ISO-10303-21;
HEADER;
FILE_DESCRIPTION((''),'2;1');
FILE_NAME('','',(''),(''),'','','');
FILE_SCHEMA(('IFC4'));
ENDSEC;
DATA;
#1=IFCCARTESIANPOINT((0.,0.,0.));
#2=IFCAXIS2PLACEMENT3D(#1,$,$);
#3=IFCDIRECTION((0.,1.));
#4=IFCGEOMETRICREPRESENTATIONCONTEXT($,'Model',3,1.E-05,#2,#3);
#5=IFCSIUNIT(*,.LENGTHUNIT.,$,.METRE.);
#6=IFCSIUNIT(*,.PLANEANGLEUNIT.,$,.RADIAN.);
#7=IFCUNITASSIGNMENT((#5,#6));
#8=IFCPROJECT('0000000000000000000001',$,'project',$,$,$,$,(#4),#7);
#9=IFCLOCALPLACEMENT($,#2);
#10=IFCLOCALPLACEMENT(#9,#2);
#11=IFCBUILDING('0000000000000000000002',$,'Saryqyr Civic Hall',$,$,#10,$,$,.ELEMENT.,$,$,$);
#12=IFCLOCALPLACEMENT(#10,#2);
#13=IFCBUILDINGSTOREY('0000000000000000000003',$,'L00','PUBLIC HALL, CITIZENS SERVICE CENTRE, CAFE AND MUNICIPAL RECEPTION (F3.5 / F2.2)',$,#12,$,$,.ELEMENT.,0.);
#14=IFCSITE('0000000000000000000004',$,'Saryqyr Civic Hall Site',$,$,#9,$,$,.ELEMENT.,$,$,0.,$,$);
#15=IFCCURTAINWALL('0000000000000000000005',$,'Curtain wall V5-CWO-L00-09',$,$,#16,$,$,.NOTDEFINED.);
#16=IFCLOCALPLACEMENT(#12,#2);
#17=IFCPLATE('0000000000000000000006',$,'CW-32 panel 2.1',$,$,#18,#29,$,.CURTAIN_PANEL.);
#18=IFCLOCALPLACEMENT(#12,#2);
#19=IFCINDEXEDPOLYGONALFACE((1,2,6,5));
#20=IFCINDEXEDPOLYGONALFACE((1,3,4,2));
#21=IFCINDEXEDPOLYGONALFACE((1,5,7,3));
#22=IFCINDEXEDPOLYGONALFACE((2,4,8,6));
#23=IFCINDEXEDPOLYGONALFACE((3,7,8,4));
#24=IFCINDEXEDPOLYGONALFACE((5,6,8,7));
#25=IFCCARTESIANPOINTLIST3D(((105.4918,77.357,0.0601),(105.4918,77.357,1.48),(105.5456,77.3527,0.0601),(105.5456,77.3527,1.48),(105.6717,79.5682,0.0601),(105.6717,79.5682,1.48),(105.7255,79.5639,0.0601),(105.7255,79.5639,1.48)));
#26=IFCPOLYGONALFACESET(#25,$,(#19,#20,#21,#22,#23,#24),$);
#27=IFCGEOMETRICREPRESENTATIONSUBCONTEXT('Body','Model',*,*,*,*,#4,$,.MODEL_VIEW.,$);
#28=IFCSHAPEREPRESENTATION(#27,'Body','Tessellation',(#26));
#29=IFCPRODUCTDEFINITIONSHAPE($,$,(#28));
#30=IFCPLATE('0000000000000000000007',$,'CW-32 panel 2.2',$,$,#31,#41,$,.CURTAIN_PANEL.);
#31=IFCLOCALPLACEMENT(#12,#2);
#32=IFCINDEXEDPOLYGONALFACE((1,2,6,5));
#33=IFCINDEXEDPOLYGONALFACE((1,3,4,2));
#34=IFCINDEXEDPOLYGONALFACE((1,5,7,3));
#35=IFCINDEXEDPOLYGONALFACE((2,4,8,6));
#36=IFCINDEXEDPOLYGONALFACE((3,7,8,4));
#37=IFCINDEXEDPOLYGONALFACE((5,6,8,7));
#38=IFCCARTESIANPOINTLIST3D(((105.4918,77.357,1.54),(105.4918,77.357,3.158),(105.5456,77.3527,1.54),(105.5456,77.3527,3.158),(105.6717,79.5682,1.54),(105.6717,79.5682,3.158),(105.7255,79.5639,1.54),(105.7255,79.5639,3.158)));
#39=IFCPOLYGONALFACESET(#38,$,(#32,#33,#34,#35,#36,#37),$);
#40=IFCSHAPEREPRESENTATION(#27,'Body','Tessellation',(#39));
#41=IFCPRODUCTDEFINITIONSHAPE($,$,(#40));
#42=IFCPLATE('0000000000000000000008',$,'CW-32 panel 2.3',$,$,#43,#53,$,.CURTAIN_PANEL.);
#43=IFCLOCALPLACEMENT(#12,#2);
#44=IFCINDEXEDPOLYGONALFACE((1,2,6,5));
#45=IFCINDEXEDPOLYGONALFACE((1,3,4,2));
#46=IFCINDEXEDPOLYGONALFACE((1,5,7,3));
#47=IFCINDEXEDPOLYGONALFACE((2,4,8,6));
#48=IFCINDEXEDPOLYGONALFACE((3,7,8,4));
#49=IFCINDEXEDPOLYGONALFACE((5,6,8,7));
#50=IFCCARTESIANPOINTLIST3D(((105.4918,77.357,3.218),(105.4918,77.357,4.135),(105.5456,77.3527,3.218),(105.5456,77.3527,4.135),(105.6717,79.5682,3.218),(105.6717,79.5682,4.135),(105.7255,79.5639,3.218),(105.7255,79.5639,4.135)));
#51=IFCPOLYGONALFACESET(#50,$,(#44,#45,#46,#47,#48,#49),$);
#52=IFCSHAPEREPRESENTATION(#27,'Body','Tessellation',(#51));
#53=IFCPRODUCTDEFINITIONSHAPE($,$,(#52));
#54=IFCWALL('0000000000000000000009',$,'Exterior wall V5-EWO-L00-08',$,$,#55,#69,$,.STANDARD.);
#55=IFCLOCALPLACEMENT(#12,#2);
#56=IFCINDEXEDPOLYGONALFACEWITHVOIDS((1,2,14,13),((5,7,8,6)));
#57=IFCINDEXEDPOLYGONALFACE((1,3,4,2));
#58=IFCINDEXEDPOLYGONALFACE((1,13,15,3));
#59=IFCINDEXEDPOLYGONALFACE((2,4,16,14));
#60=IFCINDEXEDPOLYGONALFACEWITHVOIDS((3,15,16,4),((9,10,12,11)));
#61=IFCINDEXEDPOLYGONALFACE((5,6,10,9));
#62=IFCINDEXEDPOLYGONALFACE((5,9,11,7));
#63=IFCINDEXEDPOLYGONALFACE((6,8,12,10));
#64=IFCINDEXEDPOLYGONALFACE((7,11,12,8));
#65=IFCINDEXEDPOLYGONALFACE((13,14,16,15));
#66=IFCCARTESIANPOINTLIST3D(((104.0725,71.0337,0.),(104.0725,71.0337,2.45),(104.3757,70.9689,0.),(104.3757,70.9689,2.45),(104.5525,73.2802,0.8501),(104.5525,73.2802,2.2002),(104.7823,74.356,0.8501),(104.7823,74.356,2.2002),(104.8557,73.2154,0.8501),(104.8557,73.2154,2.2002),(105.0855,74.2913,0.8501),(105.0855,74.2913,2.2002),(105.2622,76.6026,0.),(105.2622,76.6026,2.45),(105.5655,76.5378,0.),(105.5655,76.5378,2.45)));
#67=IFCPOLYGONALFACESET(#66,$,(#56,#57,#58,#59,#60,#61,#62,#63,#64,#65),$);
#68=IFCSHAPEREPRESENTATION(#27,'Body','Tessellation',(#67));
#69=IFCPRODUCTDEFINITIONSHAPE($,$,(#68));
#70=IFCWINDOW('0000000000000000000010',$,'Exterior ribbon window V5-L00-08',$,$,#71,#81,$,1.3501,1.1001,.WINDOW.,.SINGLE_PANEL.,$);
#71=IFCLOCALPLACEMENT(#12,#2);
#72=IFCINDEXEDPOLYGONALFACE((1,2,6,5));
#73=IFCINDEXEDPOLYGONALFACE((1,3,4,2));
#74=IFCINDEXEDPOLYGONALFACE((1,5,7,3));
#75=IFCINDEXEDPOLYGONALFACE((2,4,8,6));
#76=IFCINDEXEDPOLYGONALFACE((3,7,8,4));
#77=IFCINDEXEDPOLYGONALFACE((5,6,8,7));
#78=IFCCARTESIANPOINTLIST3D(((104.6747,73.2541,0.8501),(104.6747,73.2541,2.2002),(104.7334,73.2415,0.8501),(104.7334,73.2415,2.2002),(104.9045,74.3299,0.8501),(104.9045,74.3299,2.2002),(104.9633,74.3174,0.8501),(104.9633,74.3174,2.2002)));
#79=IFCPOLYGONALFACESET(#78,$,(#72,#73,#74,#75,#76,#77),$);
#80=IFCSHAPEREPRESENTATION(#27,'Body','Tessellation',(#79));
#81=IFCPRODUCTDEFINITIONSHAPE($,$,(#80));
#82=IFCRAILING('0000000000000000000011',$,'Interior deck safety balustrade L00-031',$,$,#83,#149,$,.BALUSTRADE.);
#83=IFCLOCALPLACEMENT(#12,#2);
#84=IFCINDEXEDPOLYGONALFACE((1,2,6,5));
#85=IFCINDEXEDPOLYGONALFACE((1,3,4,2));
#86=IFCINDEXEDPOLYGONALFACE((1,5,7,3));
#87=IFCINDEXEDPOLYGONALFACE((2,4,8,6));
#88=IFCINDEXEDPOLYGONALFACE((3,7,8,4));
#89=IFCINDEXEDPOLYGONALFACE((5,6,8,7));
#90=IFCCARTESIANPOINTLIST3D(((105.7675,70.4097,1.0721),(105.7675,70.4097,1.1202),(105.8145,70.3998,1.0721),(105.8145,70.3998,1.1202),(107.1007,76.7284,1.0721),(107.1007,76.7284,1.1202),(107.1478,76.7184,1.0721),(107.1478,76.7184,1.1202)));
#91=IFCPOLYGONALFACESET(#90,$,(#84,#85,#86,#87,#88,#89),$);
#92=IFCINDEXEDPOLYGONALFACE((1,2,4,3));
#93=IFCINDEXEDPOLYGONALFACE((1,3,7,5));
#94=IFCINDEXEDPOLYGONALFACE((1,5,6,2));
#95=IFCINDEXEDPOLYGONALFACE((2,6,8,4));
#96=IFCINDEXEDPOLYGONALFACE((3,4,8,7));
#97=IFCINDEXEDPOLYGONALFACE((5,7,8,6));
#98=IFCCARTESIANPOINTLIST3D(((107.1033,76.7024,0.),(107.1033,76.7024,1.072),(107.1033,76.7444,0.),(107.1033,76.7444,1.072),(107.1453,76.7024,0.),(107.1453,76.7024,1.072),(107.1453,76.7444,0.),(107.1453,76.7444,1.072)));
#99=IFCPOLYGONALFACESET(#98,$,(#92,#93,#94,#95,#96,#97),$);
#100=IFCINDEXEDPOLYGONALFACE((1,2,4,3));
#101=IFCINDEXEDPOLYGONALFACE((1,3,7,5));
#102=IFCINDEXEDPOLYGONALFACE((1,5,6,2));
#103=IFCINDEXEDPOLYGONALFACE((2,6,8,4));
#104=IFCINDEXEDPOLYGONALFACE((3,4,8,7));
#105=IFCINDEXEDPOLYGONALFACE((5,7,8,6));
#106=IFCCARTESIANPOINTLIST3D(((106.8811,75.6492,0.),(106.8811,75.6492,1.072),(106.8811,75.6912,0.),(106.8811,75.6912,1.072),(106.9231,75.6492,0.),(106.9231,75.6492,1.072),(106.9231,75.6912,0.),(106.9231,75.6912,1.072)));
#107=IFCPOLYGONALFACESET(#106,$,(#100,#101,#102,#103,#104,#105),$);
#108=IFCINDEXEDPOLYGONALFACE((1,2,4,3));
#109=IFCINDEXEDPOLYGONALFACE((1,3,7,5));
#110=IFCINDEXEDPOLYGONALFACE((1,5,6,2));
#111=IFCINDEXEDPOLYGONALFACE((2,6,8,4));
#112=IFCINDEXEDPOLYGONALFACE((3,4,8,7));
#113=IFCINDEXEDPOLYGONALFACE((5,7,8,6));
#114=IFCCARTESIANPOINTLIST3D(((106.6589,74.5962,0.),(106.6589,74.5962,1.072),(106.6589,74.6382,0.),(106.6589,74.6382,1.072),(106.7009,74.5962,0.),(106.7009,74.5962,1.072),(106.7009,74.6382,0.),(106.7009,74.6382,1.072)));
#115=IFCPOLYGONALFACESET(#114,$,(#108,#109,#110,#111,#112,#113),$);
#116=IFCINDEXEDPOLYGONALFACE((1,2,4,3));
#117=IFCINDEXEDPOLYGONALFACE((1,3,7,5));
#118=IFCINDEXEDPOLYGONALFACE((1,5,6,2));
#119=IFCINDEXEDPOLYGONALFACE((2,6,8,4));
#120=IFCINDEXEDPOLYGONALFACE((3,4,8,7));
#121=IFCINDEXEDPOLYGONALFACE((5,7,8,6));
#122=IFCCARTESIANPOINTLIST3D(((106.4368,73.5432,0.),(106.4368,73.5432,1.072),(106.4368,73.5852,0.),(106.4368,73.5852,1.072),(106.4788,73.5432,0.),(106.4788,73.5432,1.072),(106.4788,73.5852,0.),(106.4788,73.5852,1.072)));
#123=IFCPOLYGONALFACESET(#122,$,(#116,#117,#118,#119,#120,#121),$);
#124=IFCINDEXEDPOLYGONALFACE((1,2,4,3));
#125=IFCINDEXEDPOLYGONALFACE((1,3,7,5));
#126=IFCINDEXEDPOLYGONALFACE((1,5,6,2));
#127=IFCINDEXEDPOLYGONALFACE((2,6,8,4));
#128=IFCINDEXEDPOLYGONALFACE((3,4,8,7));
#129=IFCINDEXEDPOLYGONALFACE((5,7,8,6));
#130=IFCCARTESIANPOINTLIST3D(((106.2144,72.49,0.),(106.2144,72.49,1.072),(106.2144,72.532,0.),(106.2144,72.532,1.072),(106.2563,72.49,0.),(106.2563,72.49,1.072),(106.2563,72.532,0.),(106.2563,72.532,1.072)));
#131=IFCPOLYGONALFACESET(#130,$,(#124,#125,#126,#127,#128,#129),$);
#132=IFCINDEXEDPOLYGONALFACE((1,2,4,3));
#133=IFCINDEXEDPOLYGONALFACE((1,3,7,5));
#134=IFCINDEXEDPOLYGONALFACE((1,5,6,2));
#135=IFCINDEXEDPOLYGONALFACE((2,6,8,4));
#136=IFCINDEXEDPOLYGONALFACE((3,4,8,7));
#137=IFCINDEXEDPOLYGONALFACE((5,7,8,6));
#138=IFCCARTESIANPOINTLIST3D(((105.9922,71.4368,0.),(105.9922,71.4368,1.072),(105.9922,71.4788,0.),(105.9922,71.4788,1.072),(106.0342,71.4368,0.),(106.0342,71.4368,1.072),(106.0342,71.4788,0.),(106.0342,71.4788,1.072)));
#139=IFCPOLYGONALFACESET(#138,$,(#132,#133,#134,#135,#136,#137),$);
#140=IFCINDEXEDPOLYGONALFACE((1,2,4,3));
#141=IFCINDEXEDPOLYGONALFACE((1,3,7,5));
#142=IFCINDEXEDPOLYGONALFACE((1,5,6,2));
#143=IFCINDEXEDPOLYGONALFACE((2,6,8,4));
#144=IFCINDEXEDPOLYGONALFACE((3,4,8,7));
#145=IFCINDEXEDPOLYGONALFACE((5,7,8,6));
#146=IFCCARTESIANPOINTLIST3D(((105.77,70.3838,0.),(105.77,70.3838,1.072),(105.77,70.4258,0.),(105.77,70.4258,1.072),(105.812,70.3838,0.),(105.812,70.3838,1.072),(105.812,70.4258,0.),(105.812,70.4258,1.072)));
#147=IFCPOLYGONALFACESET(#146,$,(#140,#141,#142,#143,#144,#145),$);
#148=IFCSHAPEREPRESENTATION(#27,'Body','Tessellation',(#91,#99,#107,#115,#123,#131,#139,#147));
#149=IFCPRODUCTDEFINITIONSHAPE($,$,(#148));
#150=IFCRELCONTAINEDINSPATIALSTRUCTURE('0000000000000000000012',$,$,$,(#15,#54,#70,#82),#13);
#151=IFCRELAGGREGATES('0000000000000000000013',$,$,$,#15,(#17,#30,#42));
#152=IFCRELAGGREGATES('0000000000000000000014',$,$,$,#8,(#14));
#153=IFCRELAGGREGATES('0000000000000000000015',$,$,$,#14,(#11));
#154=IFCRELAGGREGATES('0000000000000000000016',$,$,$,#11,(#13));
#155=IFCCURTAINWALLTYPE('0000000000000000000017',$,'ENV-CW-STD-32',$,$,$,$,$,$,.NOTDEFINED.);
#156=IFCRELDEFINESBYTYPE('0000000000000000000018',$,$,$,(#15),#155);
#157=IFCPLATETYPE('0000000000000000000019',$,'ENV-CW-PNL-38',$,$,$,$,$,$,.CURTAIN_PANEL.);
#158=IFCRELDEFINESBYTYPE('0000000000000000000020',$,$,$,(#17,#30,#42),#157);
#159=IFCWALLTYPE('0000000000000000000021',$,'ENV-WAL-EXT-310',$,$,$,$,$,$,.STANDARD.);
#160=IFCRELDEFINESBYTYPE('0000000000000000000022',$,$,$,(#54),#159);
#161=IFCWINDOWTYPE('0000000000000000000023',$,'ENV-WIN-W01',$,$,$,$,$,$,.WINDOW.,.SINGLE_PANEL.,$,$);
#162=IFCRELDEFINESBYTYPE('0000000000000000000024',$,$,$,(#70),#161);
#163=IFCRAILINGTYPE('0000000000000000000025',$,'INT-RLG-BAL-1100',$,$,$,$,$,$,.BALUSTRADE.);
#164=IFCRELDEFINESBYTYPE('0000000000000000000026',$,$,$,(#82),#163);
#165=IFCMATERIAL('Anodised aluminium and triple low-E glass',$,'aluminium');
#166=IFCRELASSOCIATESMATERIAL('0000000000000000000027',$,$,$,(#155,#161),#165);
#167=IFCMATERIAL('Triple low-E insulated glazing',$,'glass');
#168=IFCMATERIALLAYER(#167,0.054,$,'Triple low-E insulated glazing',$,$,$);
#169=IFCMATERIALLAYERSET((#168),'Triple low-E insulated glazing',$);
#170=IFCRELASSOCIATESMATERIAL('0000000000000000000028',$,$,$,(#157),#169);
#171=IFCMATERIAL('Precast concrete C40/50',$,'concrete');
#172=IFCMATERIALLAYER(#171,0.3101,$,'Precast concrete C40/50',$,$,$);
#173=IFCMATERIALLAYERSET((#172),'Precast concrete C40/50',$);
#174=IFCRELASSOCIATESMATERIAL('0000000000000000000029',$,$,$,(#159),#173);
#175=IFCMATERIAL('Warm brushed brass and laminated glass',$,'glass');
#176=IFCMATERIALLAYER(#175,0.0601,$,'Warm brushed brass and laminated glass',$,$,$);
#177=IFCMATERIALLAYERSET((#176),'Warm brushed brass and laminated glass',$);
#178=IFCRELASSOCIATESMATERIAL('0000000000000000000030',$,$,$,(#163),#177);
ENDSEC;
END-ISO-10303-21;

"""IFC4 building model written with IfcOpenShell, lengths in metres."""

from ifc_helpers import new_model, si_unit, direction, frame, frame_2d, origin, origin_2d, place, context, subcontext, project, spatial, rectangle, extrude, material, layer, layer_set, type_object, element, fill, aggregate, save


model = new_model("IFC4")

# Units and contexts
model_context = context("Model", 3, precision=1e-05, world=origin(), true_north=direction((0.0, 1.0)))
body_context = subcontext(model_context, "Body", "Model", "MODEL_VIEW")
ifc_project = project(units=[si_unit("LENGTHUNIT", "METRE"), si_unit("PLANEANGLEUNIT", "RADIAN")], contexts=[model_context])

# Site, building, storey
site_placement = place(None, origin())
site = spatial("IfcSite", under=ifc_project, at=site_placement, Name="Saryqyr Civic Hall Site", CompositionType="ELEMENT", RefElevation=0.0)
building_placement = place(site_placement, origin())
building = spatial("IfcBuilding", under=site, at=building_placement, Name="Saryqyr Civic Hall", CompositionType="ELEMENT")
storey_placement = place(building_placement, origin())
storey = spatial("IfcBuildingStorey", under=building, at=storey_placement, Name="L00", Description="PUBLIC HALL, CITIZENS SERVICE CENTRE, CAFE AND MUNICIPAL RECEPTION (F3.5 / F2.2)", CompositionType="ELEMENT", Elevation=0.0)

# Curtain wall
ifc_material_1 = material(Name="Anodised aluminium and triple low-E glass", Category="aluminium")
curtain_wall_type = type_object("IfcCurtainWallType", Name="ENV-CW-STD-32", PredefinedType="NOTDEFINED", material=ifc_material_1)
curtain_wall_placement = place(storey_placement, origin())
curtain_wall = element("IfcCurtainWall", 1, at=curtain_wall_placement, inside=storey, type_object=curtain_wall_type, Name="Curtain wall V5-CWO-L00-09", PredefinedType="NOTDEFINED")

# Plates
ifc_material_2 = material(Name="Triple low-E insulated glazing", Category="glass")
ifc_layer_1 = layer(ifc_material_2, 0.054, Name="Triple low-E insulated glazing")
ifc_layer_set_1 = layer_set([ifc_layer_1], Name="Triple low-E insulated glazing")
plate_type = type_object("IfcPlateType", Name="ENV-CW-PNL-38", PredefinedType="CURTAIN_PANEL", material=ifc_layer_set_1)
plate_1_placement = place(storey_placement, frame((105.6086, 78.4604, 0.0601), z_axis=(0.0, 0.0, 1.0), x_axis=(-0.081093, -0.996707, 0.0)))
plate_1 = element("IfcPlate", 2, at=plate_1_placement, type_object=plate_type, Name="CW-32 panel 2.1", PredefinedType="CURTAIN_PANEL", context=body_context, shape_type="SweptSolid", body=[
    extrude(rectangle(XDim=2.2185, YDim=0.054, at=origin_2d()), origin(), (0.0, 0.0, 1.0), 1.4199),
])
plate_2_placement = place(storey_placement, frame((105.6086, 78.4604, 1.54), z_axis=(0.0, 0.0, 1.0), x_axis=(-0.081093, -0.996707, 0.0)))
plate_2 = element("IfcPlate", 3, at=plate_2_placement, type_object=plate_type, Name="CW-32 panel 2.2", PredefinedType="CURTAIN_PANEL", context=body_context, shape_type="SweptSolid", body=[
    extrude(rectangle(XDim=2.2185, YDim=0.054, at=origin_2d()), origin(), (0.0, 0.0, 1.0), 1.6179),
])
plate_3_placement = place(storey_placement, frame((105.6086, 78.4604, 3.218), z_axis=(0.0, 0.0, 1.0), x_axis=(-0.081093, -0.996707, 0.0)))
plate_3 = element("IfcPlate", 4, at=plate_3_placement, type_object=plate_type, Name="CW-32 panel 2.3", PredefinedType="CURTAIN_PANEL", context=body_context, shape_type="SweptSolid", body=[
    extrude(rectangle(XDim=2.2185, YDim=0.054, at=origin_2d()), origin(), (0.0, 0.0, 1.0), 0.917),
])
aggregate(curtain_wall, [plate_1, plate_2, plate_3])

# Wall, opening, window
ifc_material_3 = material(Name="Precast concrete C40/50", Category="concrete")
ifc_layer_2 = layer(ifc_material_3, 0.3101, Name="Precast concrete C40/50")
ifc_layer_set_2 = layer_set([ifc_layer_2], Name="Precast concrete C40/50")
wall_type = type_object("IfcWallType", Name="ENV-WAL-EXT-310", PredefinedType="STANDARD", material=ifc_layer_set_2)
wall_placement = place(storey_placement, frame((105.4138, 76.5701, 0.0), z_axis=(0.0, 0.0, 1.0), x_axis=(-0.20892, -0.977933, 0.0)))
wall = element("IfcWall", 5, at=wall_placement, inside=storey, type_object=wall_type, Name="Exterior wall V5-EWO-L00-08", PredefinedType="STANDARD", context=body_context, shape_type="SweptSolid", body=[
    extrude(rectangle(XDim=5.6946, YDim=0.3101, at=frame_2d((2.8472, 0.0))), origin(), (0.0, 0.0, 1.0), 2.45),
])
opening_placement = place(wall_placement, frame((2.2971, 0.0, 0.8501)))
opening = element("IfcOpeningElement", 6, at=opening_placement, cuts=wall, PredefinedType="OPENING", context=body_context, shape_type="SweptSolid", body=[
    extrude(rectangle(XDim=1.1001, YDim=1.3501, at=frame_2d((0.55, 0.675))), frame((0.0, 0.165, 0.0), z_axis=(0.0, -1.0, 0.0), x_axis=(1.0, 0.0, 0.0)), (0.0, 0.0, 1.0), 0.3301),
])
window_type = type_object("IfcWindowType", Name="ENV-WIN-W01", PartitioningType="SINGLE_PANEL", PredefinedType="WINDOW", material=ifc_material_1)
window_placement = place(opening_placement, origin())
window = element("IfcWindow", 7, at=window_placement, inside=storey, type_object=window_type, Name="Exterior ribbon window V5-L00-08", OverallHeight=1.3501, OverallWidth=1.1001, PartitioningType="SINGLE_PANEL", PredefinedType="WINDOW", context=body_context, shape_type="SweptSolid", body=[
    extrude(rectangle(XDim=1.1001, YDim=1.3501, at=frame_2d((0.55, 0.675))), frame((0.0, 0.03, 0.0), z_axis=(0.0, -1.0, 0.0), x_axis=(1.0, 0.0, 0.0)), (0.0, 0.0, 1.0), 0.0601),
])
fill(opening, window)

# Railing
ifc_material_4 = material(Name="Warm brushed brass and laminated glass", Category="glass")
ifc_layer_3 = layer(ifc_material_4, 0.0601, Name="Warm brushed brass and laminated glass")
ifc_layer_set_3 = layer_set([ifc_layer_3], Name="Warm brushed brass and laminated glass")
railing_type = type_object("IfcRailingType", Name="INT-RLG-BAL-1100", PredefinedType="BALUSTRADE", material=ifc_layer_set_3)
railing_placement = place(storey_placement, frame((107.1243, 76.7234, 0.0)))
element("IfcRailing", 8, at=railing_placement, inside=storey, type_object=railing_type, Name="Interior deck safety balustrade L00-031", PredefinedType="BALUSTRADE", context=body_context, shape_type="SweptSolid", body=[
    extrude(rectangle(XDim=0.0481, YDim=0.0481, at=origin_2d()), frame((0.0, 0.0, 1.0962), z_axis=(-0.206458, -0.978455, 0.0), x_axis=(0.978455, -0.206458, 0.0)), (0.0, 0.0, 1.0), 6.4578),
    extrude(rectangle(XDim=0.042, YDim=0.042, at=origin_2d()), origin(), (0.0, 0.0, 1.0), 1.072),
    extrude(rectangle(XDim=0.042, YDim=0.042, at=origin_2d()), frame((-0.2222, -1.0532, 0.0)), (0.0, 0.0, 1.0), 1.072),
    extrude(rectangle(XDim=0.042, YDim=0.042, at=origin_2d()), frame((-0.4443, -2.1062, 0.0)), (0.0, 0.0, 1.0), 1.072),
    extrude(rectangle(XDim=0.042, YDim=0.042, at=origin_2d()), frame((-0.6665, -3.1592, 0.0)), (0.0, 0.0, 1.0), 1.072),
    extrude(rectangle(XDim=0.042, YDim=0.042, at=origin_2d()), frame((-0.8889, -4.2124, 0.0)), (0.0, 0.0, 1.0), 1.072),
    extrude(rectangle(XDim=0.042, YDim=0.042, at=origin_2d()), frame((-1.1111, -5.2656, 0.0)), (0.0, 0.0, 1.0), 1.072),
    extrude(rectangle(XDim=0.042, YDim=0.042, at=origin_2d()), frame((-1.3333, -6.3186, 0.0)), (0.0, 0.0, 1.0), 1.072),
])

save(model, "model.ifc")
